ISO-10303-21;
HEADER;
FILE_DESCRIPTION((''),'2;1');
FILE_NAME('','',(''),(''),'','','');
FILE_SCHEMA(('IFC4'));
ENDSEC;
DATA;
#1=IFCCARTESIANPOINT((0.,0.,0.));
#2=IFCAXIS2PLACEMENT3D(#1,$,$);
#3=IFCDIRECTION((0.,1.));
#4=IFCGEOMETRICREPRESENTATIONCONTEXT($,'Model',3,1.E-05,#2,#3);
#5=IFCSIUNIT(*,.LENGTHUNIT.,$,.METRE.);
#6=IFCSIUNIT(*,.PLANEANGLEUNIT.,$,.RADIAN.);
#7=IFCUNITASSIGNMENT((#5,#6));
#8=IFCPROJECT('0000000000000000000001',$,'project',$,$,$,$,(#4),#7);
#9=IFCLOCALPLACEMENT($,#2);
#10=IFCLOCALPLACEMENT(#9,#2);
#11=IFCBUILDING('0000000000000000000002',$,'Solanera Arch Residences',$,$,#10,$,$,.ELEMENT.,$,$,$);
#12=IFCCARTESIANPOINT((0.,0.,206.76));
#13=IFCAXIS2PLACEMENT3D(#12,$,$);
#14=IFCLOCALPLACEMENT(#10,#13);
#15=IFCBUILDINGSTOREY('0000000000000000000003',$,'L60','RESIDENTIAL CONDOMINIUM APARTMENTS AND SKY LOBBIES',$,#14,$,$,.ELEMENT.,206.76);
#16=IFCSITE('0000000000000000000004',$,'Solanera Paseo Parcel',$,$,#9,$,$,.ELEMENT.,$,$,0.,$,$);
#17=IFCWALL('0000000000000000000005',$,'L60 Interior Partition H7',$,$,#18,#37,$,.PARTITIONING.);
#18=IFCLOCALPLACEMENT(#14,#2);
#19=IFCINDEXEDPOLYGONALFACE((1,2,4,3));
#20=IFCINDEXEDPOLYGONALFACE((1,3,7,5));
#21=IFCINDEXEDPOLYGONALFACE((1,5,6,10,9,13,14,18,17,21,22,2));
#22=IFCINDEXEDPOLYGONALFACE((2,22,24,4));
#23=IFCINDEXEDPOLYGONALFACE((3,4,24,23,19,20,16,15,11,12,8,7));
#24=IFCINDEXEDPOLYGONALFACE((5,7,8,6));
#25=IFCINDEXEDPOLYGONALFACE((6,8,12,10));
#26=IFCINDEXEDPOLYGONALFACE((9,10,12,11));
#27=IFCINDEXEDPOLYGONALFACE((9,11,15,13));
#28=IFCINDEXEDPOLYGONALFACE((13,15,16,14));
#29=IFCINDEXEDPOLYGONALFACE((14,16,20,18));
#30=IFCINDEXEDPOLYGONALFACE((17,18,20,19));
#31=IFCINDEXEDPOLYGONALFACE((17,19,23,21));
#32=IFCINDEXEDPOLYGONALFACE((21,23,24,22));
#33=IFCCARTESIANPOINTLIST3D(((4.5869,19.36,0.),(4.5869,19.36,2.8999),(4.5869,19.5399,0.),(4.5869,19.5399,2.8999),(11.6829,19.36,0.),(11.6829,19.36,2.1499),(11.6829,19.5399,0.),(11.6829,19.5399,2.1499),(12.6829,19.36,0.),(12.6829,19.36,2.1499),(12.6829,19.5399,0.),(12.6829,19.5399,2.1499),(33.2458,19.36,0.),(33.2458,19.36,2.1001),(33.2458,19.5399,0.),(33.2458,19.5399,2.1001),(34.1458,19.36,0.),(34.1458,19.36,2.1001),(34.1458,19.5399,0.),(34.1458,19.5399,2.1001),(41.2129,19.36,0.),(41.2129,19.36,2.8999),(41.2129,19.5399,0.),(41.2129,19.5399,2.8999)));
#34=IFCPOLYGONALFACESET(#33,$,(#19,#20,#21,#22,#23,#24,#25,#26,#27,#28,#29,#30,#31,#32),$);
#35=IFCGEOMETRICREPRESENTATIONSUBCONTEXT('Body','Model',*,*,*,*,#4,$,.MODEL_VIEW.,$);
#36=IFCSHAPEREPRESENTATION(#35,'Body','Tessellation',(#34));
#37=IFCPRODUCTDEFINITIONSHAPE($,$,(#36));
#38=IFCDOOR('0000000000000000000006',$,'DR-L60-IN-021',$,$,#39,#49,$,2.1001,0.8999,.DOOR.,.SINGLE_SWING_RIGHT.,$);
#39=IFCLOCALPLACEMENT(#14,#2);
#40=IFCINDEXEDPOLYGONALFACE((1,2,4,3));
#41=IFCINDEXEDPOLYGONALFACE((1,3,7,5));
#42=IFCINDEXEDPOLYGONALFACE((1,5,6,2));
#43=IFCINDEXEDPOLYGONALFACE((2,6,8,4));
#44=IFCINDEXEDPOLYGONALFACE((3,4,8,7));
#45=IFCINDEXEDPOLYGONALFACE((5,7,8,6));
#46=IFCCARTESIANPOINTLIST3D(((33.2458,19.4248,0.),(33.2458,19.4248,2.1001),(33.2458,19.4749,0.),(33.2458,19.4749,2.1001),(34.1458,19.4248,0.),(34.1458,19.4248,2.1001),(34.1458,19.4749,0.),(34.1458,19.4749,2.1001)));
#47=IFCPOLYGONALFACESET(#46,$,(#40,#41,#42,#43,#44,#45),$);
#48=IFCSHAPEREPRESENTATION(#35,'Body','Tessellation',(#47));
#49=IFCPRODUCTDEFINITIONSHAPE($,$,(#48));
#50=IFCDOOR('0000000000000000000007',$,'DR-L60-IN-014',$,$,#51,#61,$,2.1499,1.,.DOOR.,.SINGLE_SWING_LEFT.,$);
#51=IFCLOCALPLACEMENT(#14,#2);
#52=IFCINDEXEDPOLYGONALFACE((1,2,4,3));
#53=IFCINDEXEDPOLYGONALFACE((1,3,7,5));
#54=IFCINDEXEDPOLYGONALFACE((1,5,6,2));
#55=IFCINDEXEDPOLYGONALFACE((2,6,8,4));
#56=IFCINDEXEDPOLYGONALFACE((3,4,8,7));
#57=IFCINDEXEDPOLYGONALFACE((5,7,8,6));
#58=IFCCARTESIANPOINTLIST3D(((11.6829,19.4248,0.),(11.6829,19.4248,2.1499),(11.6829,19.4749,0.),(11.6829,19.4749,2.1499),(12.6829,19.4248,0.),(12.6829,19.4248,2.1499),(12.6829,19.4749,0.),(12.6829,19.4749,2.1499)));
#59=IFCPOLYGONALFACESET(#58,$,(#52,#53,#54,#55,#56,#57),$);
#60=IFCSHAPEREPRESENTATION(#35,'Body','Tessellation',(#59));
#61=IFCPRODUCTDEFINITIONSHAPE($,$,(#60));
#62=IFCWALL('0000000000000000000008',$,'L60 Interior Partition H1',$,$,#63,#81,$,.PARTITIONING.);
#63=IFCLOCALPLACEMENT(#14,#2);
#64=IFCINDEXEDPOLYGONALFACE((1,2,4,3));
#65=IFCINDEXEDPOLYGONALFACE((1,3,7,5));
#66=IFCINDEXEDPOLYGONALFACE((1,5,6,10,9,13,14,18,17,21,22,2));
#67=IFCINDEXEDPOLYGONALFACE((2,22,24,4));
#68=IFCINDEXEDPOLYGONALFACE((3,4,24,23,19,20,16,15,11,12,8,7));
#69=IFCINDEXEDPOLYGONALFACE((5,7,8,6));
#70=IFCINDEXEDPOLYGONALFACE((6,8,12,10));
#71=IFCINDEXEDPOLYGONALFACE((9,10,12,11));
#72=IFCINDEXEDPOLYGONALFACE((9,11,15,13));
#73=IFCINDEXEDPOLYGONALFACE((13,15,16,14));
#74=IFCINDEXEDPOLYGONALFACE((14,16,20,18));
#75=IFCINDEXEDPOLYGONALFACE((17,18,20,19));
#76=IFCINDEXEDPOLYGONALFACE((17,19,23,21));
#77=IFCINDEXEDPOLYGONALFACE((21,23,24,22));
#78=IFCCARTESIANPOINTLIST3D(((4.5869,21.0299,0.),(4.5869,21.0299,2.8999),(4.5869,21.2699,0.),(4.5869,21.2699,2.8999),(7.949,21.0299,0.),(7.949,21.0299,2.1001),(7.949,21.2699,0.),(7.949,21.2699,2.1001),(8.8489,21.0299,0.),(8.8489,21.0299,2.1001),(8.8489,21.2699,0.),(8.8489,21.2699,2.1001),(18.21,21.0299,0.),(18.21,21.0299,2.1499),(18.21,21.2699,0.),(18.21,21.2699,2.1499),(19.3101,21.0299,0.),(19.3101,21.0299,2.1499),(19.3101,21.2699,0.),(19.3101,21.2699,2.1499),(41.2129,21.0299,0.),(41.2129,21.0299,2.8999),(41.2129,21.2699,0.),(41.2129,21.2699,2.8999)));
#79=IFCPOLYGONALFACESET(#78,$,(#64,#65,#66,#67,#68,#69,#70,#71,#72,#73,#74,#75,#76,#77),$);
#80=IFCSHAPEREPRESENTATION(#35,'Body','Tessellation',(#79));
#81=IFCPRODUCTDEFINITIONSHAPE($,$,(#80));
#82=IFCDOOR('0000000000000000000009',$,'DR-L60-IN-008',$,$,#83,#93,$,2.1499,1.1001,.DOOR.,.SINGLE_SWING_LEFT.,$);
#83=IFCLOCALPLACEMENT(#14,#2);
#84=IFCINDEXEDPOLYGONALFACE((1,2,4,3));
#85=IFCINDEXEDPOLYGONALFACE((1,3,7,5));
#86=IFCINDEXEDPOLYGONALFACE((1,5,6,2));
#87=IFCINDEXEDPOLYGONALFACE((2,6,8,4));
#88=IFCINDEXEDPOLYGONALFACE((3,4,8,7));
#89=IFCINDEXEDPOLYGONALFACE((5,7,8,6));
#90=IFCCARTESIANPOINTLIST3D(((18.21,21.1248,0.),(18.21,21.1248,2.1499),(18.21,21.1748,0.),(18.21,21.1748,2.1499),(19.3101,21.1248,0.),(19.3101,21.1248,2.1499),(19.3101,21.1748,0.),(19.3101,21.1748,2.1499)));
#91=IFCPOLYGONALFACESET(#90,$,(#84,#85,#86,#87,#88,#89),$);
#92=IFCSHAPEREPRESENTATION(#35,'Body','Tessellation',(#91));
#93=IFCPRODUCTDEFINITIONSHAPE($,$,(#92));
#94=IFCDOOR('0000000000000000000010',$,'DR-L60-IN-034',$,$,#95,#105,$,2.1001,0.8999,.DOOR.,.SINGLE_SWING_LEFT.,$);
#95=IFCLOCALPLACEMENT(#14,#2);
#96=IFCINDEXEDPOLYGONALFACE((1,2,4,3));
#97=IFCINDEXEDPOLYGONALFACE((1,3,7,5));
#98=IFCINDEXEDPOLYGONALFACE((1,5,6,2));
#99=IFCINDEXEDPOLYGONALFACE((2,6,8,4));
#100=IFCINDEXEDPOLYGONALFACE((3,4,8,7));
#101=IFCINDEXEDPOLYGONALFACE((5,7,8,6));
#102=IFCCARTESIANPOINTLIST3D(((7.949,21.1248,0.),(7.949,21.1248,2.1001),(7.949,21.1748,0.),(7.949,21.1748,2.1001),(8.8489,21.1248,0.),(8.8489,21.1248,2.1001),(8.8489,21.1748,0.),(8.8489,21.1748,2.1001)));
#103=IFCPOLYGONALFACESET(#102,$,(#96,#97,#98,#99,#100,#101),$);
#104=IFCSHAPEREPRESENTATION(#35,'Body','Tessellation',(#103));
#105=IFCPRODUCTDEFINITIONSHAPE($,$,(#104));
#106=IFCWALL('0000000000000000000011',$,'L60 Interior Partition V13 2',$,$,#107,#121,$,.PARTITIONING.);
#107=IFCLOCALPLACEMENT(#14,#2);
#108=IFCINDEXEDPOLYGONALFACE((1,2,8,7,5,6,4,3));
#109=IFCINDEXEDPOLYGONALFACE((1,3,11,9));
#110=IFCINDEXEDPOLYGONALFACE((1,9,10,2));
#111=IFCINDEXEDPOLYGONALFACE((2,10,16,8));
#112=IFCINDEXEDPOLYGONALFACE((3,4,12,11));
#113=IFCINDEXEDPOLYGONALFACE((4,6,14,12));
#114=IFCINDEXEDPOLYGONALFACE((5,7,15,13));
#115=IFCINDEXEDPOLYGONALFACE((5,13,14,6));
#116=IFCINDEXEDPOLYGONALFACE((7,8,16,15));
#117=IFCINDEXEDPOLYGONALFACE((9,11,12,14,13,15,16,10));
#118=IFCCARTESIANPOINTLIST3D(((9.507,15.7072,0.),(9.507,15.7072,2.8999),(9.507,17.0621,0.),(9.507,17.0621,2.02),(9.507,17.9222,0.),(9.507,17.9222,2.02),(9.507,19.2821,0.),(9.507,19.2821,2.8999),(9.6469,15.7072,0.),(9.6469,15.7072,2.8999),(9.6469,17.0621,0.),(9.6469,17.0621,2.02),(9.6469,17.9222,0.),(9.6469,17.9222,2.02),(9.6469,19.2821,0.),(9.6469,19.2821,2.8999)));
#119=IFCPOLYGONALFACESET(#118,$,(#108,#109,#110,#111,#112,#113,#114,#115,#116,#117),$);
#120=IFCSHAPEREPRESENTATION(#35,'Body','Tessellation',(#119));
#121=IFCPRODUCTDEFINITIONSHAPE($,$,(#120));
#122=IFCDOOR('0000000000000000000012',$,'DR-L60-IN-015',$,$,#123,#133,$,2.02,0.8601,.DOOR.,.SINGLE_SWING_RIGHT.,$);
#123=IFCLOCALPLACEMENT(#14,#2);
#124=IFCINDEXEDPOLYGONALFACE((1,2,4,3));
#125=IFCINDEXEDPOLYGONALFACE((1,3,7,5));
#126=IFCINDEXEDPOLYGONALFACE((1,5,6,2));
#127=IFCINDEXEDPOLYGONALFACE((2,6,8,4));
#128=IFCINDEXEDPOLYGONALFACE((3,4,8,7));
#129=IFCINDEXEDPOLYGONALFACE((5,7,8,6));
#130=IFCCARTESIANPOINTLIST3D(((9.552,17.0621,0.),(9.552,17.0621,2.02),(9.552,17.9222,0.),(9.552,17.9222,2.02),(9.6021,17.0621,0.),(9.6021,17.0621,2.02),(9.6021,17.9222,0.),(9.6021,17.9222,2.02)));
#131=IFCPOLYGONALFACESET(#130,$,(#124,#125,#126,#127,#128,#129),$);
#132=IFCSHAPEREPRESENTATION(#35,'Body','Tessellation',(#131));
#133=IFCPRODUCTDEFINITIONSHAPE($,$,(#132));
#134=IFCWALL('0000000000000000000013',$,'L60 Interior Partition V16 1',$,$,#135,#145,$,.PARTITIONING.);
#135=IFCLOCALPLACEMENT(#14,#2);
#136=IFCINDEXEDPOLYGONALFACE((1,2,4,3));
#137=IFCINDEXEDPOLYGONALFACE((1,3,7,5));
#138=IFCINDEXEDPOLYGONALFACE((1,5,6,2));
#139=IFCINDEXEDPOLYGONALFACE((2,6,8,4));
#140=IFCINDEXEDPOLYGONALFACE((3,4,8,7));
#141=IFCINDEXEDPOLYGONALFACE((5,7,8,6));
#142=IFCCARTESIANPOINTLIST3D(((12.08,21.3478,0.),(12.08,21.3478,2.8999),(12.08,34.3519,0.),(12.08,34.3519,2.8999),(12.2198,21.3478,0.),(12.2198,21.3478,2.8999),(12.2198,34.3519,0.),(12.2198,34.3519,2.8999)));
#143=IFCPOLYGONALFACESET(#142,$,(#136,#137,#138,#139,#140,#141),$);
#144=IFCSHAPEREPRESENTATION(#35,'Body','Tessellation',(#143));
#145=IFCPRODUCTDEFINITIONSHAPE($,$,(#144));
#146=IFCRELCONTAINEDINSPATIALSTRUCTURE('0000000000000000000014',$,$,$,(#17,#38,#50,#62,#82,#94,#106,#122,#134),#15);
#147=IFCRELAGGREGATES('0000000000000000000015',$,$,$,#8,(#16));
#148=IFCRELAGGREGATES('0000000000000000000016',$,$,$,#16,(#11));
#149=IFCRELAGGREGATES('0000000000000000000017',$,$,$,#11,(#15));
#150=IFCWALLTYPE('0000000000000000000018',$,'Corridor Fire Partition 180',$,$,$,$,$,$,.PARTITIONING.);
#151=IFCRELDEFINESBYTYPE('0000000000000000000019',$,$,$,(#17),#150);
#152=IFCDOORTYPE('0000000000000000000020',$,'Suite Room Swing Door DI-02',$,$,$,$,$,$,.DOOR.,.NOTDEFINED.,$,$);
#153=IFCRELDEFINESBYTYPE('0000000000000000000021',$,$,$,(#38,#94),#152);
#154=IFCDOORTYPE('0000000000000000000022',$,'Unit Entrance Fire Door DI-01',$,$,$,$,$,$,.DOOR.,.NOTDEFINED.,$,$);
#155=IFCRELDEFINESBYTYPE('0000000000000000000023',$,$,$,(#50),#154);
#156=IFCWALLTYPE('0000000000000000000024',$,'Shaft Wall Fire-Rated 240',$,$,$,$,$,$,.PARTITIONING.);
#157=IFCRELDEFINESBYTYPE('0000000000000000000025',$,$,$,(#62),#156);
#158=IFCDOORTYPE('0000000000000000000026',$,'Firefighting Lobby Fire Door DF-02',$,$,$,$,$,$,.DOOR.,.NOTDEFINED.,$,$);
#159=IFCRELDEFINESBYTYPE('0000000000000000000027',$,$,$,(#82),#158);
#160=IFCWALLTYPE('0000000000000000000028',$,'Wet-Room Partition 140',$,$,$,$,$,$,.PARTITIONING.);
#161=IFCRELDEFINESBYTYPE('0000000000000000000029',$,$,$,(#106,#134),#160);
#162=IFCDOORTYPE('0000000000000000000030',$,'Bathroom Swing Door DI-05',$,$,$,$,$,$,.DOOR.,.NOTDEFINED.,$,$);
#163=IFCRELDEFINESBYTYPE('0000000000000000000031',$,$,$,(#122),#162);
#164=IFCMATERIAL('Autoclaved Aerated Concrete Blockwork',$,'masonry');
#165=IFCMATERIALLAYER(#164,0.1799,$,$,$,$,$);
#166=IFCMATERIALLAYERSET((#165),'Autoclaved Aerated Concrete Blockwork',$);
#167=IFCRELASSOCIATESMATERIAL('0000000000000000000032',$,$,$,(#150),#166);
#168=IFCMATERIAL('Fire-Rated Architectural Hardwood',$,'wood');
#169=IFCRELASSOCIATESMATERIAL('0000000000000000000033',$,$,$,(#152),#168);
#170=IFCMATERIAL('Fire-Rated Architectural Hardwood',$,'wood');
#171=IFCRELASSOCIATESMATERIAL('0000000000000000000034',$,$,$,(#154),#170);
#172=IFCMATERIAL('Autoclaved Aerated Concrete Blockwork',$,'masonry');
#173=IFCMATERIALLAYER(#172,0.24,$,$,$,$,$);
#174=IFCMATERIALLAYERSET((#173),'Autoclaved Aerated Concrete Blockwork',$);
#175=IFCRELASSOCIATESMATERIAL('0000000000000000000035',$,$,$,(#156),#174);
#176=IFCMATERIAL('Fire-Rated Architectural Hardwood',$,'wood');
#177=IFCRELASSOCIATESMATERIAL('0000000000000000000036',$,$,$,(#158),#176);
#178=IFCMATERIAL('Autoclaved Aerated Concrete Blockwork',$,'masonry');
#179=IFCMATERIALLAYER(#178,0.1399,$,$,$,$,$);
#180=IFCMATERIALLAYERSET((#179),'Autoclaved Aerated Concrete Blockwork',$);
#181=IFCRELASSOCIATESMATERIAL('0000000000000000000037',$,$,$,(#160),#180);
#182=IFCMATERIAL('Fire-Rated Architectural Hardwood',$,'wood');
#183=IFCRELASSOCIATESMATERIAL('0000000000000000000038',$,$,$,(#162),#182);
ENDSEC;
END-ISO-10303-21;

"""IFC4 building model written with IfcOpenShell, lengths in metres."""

from ifc_helpers import new_model, si_unit, direction, frame, frame_2d, origin, place, context, subcontext, project, spatial, rectangle, extrude, material, layer, layer_set, type_object, element, fill, save


model = new_model("IFC4")

# Units and contexts
model_context = context("Model", 3, precision=1e-05, world=origin(), true_north=direction((0.0, 1.0)))
body_context = subcontext(model_context, "Body", "Model", "MODEL_VIEW")
ifc_project = project(units=[si_unit("LENGTHUNIT", "METRE"), si_unit("PLANEANGLEUNIT", "RADIAN")], contexts=[model_context])

# Site, building, storey
site_placement = place(None, origin())
site = spatial("IfcSite", under=ifc_project, at=site_placement, Name="Solanera Paseo Parcel", CompositionType="ELEMENT", RefElevation=0.0)
building_placement = place(site_placement, origin())
building = spatial("IfcBuilding", under=site, at=building_placement, Name="Solanera Arch Residences", CompositionType="ELEMENT")
storey_placement = place(building_placement, frame((0.0, 0.0, 206.76)))
storey = spatial("IfcBuildingStorey", under=building, at=storey_placement, Name="L60", Description="RESIDENTIAL CONDOMINIUM APARTMENTS AND SKY LOBBIES", CompositionType="ELEMENT", Elevation=206.76)

# Walls, openings, doors
ifc_material_1 = material(Name="Autoclaved Aerated Concrete Blockwork", Category="masonry")
ifc_layer_1 = layer(ifc_material_1, 0.1799)
ifc_layer_set_1 = layer_set([ifc_layer_1], Name="Autoclaved Aerated Concrete Blockwork")
wall_type_1 = type_object("IfcWallType", Name="Corridor Fire Partition 180", PredefinedType="PARTITIONING", material=ifc_layer_set_1)
wall_1_placement = place(storey_placement, frame((4.5869, 19.45, 0.0), z_axis=(0.0, 0.0, 1.0), x_axis=(1.0, 0.0, 0.0)))
wall_1 = element("IfcWall", 1, at=wall_1_placement, inside=storey, type_object=wall_type_1, Name="L60 Interior Partition H7", PredefinedType="PARTITIONING", context=body_context, shape_type="SweptSolid", body=[
    extrude(rectangle(XDim=36.626, YDim=0.1799, at=frame_2d((18.313, 0.0))), origin(), (0.0, 0.0, 1.0), 2.8999),
])
opening_1_placement = place(wall_1_placement, frame((7.0959, 0.0, 0.0)))
opening_1 = element("IfcOpeningElement", 2, at=opening_1_placement, cuts=wall_1, PredefinedType="OPENING", context=body_context, shape_type="SweptSolid", body=[
    extrude(rectangle(XDim=1.0, YDim=2.1499, at=frame_2d((0.5, 1.075))), frame((0.0, 0.1001, 0.0), z_axis=(0.0, -1.0, 0.0), x_axis=(1.0, 0.0, 0.0)), (0.0, 0.0, 1.0), 0.1999),
])
opening_2_placement = place(wall_1_placement, frame((28.6589, 0.0, 0.0)))
opening_2 = element("IfcOpeningElement", 3, at=opening_2_placement, cuts=wall_1, PredefinedType="OPENING", context=body_context, shape_type="SweptSolid", body=[
    extrude(rectangle(XDim=0.8999, YDim=2.1001, at=frame_2d((0.45, 1.05))), frame((0.0, 0.1001, 0.0), z_axis=(0.0, -1.0, 0.0), x_axis=(1.0, 0.0, 0.0)), (0.0, 0.0, 1.0), 0.1999),
])
ifc_material_2 = material(Name="Fire-Rated Architectural Hardwood", Category="wood")
door_type_1 = type_object("IfcDoorType", Name="Suite Room Swing Door DI-02", OperationType="NOTDEFINED", PredefinedType="DOOR", material=ifc_material_2)
door_1_placement = place(opening_2_placement, origin())
door_1 = element("IfcDoor", 4, at=door_1_placement, inside=storey, type_object=door_type_1, Name="DR-L60-IN-021", OperationType="SINGLE_SWING_RIGHT", OverallHeight=2.1001, OverallWidth=0.8999, PredefinedType="DOOR", context=body_context, shape_type="SweptSolid", body=[
    extrude(rectangle(XDim=0.8999, YDim=2.1001, at=frame_2d((0.45, 1.05))), frame((0.0, 0.0249, 0.0), z_axis=(0.0, -1.0, 0.0), x_axis=(1.0, 0.0, 0.0)), (0.0, 0.0, 1.0), 0.05),
])
fill(opening_2, door_1)
ifc_material_3 = material(Name="Fire-Rated Architectural Hardwood", Category="wood")
door_type_2 = type_object("IfcDoorType", Name="Unit Entrance Fire Door DI-01", OperationType="NOTDEFINED", PredefinedType="DOOR", material=ifc_material_3)
door_2_placement = place(opening_1_placement, origin())
door_2 = element("IfcDoor", 5, at=door_2_placement, inside=storey, type_object=door_type_2, Name="DR-L60-IN-014", OperationType="SINGLE_SWING_LEFT", OverallHeight=2.1499, OverallWidth=1.0, PredefinedType="DOOR", context=body_context, shape_type="SweptSolid", body=[
    extrude(rectangle(XDim=1.0, YDim=2.1499, at=frame_2d((0.5, 1.075))), frame((0.0, 0.0249, 0.0), z_axis=(0.0, -1.0, 0.0), x_axis=(1.0, 0.0, 0.0)), (0.0, 0.0, 1.0), 0.05),
])
fill(opening_1, door_2)
ifc_material_4 = material(Name="Autoclaved Aerated Concrete Blockwork", Category="masonry")
ifc_layer_2 = layer(ifc_material_4, 0.24)
ifc_layer_set_2 = layer_set([ifc_layer_2], Name="Autoclaved Aerated Concrete Blockwork")
wall_type_2 = type_object("IfcWallType", Name="Shaft Wall Fire-Rated 240", PredefinedType="PARTITIONING", material=ifc_layer_set_2)
wall_2_placement = place(storey_placement, frame((4.5869, 21.1499, 0.0), z_axis=(0.0, 0.0, 1.0), x_axis=(1.0, 0.0, 0.0)))
wall_2 = element("IfcWall", 6, at=wall_2_placement, inside=storey, type_object=wall_type_2, Name="L60 Interior Partition H1", PredefinedType="PARTITIONING", context=body_context, shape_type="SweptSolid", body=[
    extrude(rectangle(XDim=36.626, YDim=0.24, at=frame_2d((18.313, 0.0))), origin(), (0.0, 0.0, 1.0), 2.8999),
])
opening_3_placement = place(wall_2_placement, frame((13.623, 0.0, 0.0)))
opening_3 = element("IfcOpeningElement", 7, at=opening_3_placement, cuts=wall_2, PredefinedType="OPENING", context=body_context, shape_type="SweptSolid", body=[
    extrude(rectangle(XDim=1.1001, YDim=2.1499, at=frame_2d((0.55, 1.075))), frame((0.0, 0.1299, 0.0), z_axis=(0.0, -1.0, 0.0), x_axis=(1.0, 0.0, 0.0)), (0.0, 0.0, 1.0), 0.26),
])
opening_4_placement = place(wall_2_placement, frame((3.3621, 0.0, 0.0)))
opening_4 = element("IfcOpeningElement", 8, at=opening_4_placement, cuts=wall_2, PredefinedType="OPENING", context=body_context, shape_type="SweptSolid", body=[
    extrude(rectangle(XDim=0.8999, YDim=2.1001, at=frame_2d((0.45, 1.05))), frame((0.0, 0.1299, 0.0), z_axis=(0.0, -1.0, 0.0), x_axis=(1.0, 0.0, 0.0)), (0.0, 0.0, 1.0), 0.26),
])
ifc_material_5 = material(Name="Fire-Rated Architectural Hardwood", Category="wood")
door_type_3 = type_object("IfcDoorType", Name="Firefighting Lobby Fire Door DF-02", OperationType="NOTDEFINED", PredefinedType="DOOR", material=ifc_material_5)
door_3_placement = place(opening_3_placement, origin())
door_3 = element("IfcDoor", 9, at=door_3_placement, inside=storey, type_object=door_type_3, Name="DR-L60-IN-008", OperationType="SINGLE_SWING_LEFT", OverallHeight=2.1499, OverallWidth=1.1001, PredefinedType="DOOR", context=body_context, shape_type="SweptSolid", body=[
    extrude(rectangle(XDim=1.1001, YDim=2.1499, at=frame_2d((0.55, 1.075))), frame((0.0, 0.0249, 0.0), z_axis=(0.0, -1.0, 0.0), x_axis=(1.0, 0.0, 0.0)), (0.0, 0.0, 1.0), 0.05),
])
fill(opening_3, door_3)
door_4_placement = place(opening_4_placement, origin())
door_4 = element("IfcDoor", 10, at=door_4_placement, inside=storey, type_object=door_type_1, Name="DR-L60-IN-034", OperationType="SINGLE_SWING_LEFT", OverallHeight=2.1001, OverallWidth=0.8999, PredefinedType="DOOR", context=body_context, shape_type="SweptSolid", body=[
    extrude(rectangle(XDim=0.8999, YDim=2.1001, at=frame_2d((0.45, 1.05))), frame((0.0, 0.0249, 0.0), z_axis=(0.0, -1.0, 0.0), x_axis=(1.0, 0.0, 0.0)), (0.0, 0.0, 1.0), 0.05),
])
fill(opening_4, door_4)

# Wall, opening, door
ifc_material_6 = material(Name="Autoclaved Aerated Concrete Blockwork", Category="masonry")
ifc_layer_3 = layer(ifc_material_6, 0.1399)
ifc_layer_set_3 = layer_set([ifc_layer_3], Name="Autoclaved Aerated Concrete Blockwork")
wall_type_3 = type_object("IfcWallType", Name="Wet-Room Partition 140", PredefinedType="PARTITIONING", material=ifc_layer_set_3)
wall_3_placement = place(storey_placement, frame((9.5769, 15.707, 0.0), z_axis=(0.0, 0.0, 1.0), x_axis=(0.0, 1.0, 0.0)))
wall_3 = element("IfcWall", 11, at=wall_3_placement, inside=storey, type_object=wall_type_3, Name="L60 Interior Partition V13 2", PredefinedType="PARTITIONING", context=body_context, shape_type="SweptSolid", body=[
    extrude(rectangle(XDim=3.575, YDim=0.1399, at=frame_2d((1.7876, 0.0))), origin(), (0.0, 0.0, 1.0), 2.8999),
])
opening_5_placement = place(wall_3_placement, frame((1.355, 0.0, 0.0)))
opening_5 = element("IfcOpeningElement", 12, at=opening_5_placement, cuts=wall_3, PredefinedType="OPENING", context=body_context, shape_type="SweptSolid", body=[
    extrude(rectangle(XDim=0.8601, YDim=2.02, at=frame_2d((0.4302, 1.01))), frame((0.0, 0.0798, 0.0), z_axis=(0.0, -1.0, 0.0), x_axis=(1.0, 0.0, 0.0)), (0.0, 0.0, 1.0), 0.1599),
])
ifc_material_7 = material(Name="Fire-Rated Architectural Hardwood", Category="wood")
door_type_4 = type_object("IfcDoorType", Name="Bathroom Swing Door DI-05", OperationType="NOTDEFINED", PredefinedType="DOOR", material=ifc_material_7)
door_5_placement = place(opening_5_placement, origin())
door_5 = element("IfcDoor", 13, at=door_5_placement, inside=storey, type_object=door_type_4, Name="DR-L60-IN-015", OperationType="SINGLE_SWING_RIGHT", OverallHeight=2.02, OverallWidth=0.8601, PredefinedType="DOOR", context=body_context, shape_type="SweptSolid", body=[
    extrude(rectangle(XDim=0.8601, YDim=2.02, at=frame_2d((0.4302, 1.01))), frame((0.0, 0.0249, 0.0), z_axis=(0.0, -1.0, 0.0), x_axis=(1.0, 0.0, 0.0)), (0.0, 0.0, 1.0), 0.05),
])
fill(opening_5, door_5)

# Wall
wall_4_placement = place(storey_placement, frame((12.1499, 21.3479, 0.0), z_axis=(0.0, 0.0, 1.0), x_axis=(0.0, 1.0, 0.0)))
element("IfcWall", 14, at=wall_4_placement, inside=storey, type_object=wall_type_3, Name="L60 Interior Partition V16 1", PredefinedType="PARTITIONING", context=body_context, shape_type="SweptSolid", body=[
    extrude(rectangle(XDim=13.0042, YDim=0.1399, at=frame_2d((6.502, 0.0))), origin(), (0.0, 0.0, 1.0), 2.8999),
])

save(model, "model.ifc")
